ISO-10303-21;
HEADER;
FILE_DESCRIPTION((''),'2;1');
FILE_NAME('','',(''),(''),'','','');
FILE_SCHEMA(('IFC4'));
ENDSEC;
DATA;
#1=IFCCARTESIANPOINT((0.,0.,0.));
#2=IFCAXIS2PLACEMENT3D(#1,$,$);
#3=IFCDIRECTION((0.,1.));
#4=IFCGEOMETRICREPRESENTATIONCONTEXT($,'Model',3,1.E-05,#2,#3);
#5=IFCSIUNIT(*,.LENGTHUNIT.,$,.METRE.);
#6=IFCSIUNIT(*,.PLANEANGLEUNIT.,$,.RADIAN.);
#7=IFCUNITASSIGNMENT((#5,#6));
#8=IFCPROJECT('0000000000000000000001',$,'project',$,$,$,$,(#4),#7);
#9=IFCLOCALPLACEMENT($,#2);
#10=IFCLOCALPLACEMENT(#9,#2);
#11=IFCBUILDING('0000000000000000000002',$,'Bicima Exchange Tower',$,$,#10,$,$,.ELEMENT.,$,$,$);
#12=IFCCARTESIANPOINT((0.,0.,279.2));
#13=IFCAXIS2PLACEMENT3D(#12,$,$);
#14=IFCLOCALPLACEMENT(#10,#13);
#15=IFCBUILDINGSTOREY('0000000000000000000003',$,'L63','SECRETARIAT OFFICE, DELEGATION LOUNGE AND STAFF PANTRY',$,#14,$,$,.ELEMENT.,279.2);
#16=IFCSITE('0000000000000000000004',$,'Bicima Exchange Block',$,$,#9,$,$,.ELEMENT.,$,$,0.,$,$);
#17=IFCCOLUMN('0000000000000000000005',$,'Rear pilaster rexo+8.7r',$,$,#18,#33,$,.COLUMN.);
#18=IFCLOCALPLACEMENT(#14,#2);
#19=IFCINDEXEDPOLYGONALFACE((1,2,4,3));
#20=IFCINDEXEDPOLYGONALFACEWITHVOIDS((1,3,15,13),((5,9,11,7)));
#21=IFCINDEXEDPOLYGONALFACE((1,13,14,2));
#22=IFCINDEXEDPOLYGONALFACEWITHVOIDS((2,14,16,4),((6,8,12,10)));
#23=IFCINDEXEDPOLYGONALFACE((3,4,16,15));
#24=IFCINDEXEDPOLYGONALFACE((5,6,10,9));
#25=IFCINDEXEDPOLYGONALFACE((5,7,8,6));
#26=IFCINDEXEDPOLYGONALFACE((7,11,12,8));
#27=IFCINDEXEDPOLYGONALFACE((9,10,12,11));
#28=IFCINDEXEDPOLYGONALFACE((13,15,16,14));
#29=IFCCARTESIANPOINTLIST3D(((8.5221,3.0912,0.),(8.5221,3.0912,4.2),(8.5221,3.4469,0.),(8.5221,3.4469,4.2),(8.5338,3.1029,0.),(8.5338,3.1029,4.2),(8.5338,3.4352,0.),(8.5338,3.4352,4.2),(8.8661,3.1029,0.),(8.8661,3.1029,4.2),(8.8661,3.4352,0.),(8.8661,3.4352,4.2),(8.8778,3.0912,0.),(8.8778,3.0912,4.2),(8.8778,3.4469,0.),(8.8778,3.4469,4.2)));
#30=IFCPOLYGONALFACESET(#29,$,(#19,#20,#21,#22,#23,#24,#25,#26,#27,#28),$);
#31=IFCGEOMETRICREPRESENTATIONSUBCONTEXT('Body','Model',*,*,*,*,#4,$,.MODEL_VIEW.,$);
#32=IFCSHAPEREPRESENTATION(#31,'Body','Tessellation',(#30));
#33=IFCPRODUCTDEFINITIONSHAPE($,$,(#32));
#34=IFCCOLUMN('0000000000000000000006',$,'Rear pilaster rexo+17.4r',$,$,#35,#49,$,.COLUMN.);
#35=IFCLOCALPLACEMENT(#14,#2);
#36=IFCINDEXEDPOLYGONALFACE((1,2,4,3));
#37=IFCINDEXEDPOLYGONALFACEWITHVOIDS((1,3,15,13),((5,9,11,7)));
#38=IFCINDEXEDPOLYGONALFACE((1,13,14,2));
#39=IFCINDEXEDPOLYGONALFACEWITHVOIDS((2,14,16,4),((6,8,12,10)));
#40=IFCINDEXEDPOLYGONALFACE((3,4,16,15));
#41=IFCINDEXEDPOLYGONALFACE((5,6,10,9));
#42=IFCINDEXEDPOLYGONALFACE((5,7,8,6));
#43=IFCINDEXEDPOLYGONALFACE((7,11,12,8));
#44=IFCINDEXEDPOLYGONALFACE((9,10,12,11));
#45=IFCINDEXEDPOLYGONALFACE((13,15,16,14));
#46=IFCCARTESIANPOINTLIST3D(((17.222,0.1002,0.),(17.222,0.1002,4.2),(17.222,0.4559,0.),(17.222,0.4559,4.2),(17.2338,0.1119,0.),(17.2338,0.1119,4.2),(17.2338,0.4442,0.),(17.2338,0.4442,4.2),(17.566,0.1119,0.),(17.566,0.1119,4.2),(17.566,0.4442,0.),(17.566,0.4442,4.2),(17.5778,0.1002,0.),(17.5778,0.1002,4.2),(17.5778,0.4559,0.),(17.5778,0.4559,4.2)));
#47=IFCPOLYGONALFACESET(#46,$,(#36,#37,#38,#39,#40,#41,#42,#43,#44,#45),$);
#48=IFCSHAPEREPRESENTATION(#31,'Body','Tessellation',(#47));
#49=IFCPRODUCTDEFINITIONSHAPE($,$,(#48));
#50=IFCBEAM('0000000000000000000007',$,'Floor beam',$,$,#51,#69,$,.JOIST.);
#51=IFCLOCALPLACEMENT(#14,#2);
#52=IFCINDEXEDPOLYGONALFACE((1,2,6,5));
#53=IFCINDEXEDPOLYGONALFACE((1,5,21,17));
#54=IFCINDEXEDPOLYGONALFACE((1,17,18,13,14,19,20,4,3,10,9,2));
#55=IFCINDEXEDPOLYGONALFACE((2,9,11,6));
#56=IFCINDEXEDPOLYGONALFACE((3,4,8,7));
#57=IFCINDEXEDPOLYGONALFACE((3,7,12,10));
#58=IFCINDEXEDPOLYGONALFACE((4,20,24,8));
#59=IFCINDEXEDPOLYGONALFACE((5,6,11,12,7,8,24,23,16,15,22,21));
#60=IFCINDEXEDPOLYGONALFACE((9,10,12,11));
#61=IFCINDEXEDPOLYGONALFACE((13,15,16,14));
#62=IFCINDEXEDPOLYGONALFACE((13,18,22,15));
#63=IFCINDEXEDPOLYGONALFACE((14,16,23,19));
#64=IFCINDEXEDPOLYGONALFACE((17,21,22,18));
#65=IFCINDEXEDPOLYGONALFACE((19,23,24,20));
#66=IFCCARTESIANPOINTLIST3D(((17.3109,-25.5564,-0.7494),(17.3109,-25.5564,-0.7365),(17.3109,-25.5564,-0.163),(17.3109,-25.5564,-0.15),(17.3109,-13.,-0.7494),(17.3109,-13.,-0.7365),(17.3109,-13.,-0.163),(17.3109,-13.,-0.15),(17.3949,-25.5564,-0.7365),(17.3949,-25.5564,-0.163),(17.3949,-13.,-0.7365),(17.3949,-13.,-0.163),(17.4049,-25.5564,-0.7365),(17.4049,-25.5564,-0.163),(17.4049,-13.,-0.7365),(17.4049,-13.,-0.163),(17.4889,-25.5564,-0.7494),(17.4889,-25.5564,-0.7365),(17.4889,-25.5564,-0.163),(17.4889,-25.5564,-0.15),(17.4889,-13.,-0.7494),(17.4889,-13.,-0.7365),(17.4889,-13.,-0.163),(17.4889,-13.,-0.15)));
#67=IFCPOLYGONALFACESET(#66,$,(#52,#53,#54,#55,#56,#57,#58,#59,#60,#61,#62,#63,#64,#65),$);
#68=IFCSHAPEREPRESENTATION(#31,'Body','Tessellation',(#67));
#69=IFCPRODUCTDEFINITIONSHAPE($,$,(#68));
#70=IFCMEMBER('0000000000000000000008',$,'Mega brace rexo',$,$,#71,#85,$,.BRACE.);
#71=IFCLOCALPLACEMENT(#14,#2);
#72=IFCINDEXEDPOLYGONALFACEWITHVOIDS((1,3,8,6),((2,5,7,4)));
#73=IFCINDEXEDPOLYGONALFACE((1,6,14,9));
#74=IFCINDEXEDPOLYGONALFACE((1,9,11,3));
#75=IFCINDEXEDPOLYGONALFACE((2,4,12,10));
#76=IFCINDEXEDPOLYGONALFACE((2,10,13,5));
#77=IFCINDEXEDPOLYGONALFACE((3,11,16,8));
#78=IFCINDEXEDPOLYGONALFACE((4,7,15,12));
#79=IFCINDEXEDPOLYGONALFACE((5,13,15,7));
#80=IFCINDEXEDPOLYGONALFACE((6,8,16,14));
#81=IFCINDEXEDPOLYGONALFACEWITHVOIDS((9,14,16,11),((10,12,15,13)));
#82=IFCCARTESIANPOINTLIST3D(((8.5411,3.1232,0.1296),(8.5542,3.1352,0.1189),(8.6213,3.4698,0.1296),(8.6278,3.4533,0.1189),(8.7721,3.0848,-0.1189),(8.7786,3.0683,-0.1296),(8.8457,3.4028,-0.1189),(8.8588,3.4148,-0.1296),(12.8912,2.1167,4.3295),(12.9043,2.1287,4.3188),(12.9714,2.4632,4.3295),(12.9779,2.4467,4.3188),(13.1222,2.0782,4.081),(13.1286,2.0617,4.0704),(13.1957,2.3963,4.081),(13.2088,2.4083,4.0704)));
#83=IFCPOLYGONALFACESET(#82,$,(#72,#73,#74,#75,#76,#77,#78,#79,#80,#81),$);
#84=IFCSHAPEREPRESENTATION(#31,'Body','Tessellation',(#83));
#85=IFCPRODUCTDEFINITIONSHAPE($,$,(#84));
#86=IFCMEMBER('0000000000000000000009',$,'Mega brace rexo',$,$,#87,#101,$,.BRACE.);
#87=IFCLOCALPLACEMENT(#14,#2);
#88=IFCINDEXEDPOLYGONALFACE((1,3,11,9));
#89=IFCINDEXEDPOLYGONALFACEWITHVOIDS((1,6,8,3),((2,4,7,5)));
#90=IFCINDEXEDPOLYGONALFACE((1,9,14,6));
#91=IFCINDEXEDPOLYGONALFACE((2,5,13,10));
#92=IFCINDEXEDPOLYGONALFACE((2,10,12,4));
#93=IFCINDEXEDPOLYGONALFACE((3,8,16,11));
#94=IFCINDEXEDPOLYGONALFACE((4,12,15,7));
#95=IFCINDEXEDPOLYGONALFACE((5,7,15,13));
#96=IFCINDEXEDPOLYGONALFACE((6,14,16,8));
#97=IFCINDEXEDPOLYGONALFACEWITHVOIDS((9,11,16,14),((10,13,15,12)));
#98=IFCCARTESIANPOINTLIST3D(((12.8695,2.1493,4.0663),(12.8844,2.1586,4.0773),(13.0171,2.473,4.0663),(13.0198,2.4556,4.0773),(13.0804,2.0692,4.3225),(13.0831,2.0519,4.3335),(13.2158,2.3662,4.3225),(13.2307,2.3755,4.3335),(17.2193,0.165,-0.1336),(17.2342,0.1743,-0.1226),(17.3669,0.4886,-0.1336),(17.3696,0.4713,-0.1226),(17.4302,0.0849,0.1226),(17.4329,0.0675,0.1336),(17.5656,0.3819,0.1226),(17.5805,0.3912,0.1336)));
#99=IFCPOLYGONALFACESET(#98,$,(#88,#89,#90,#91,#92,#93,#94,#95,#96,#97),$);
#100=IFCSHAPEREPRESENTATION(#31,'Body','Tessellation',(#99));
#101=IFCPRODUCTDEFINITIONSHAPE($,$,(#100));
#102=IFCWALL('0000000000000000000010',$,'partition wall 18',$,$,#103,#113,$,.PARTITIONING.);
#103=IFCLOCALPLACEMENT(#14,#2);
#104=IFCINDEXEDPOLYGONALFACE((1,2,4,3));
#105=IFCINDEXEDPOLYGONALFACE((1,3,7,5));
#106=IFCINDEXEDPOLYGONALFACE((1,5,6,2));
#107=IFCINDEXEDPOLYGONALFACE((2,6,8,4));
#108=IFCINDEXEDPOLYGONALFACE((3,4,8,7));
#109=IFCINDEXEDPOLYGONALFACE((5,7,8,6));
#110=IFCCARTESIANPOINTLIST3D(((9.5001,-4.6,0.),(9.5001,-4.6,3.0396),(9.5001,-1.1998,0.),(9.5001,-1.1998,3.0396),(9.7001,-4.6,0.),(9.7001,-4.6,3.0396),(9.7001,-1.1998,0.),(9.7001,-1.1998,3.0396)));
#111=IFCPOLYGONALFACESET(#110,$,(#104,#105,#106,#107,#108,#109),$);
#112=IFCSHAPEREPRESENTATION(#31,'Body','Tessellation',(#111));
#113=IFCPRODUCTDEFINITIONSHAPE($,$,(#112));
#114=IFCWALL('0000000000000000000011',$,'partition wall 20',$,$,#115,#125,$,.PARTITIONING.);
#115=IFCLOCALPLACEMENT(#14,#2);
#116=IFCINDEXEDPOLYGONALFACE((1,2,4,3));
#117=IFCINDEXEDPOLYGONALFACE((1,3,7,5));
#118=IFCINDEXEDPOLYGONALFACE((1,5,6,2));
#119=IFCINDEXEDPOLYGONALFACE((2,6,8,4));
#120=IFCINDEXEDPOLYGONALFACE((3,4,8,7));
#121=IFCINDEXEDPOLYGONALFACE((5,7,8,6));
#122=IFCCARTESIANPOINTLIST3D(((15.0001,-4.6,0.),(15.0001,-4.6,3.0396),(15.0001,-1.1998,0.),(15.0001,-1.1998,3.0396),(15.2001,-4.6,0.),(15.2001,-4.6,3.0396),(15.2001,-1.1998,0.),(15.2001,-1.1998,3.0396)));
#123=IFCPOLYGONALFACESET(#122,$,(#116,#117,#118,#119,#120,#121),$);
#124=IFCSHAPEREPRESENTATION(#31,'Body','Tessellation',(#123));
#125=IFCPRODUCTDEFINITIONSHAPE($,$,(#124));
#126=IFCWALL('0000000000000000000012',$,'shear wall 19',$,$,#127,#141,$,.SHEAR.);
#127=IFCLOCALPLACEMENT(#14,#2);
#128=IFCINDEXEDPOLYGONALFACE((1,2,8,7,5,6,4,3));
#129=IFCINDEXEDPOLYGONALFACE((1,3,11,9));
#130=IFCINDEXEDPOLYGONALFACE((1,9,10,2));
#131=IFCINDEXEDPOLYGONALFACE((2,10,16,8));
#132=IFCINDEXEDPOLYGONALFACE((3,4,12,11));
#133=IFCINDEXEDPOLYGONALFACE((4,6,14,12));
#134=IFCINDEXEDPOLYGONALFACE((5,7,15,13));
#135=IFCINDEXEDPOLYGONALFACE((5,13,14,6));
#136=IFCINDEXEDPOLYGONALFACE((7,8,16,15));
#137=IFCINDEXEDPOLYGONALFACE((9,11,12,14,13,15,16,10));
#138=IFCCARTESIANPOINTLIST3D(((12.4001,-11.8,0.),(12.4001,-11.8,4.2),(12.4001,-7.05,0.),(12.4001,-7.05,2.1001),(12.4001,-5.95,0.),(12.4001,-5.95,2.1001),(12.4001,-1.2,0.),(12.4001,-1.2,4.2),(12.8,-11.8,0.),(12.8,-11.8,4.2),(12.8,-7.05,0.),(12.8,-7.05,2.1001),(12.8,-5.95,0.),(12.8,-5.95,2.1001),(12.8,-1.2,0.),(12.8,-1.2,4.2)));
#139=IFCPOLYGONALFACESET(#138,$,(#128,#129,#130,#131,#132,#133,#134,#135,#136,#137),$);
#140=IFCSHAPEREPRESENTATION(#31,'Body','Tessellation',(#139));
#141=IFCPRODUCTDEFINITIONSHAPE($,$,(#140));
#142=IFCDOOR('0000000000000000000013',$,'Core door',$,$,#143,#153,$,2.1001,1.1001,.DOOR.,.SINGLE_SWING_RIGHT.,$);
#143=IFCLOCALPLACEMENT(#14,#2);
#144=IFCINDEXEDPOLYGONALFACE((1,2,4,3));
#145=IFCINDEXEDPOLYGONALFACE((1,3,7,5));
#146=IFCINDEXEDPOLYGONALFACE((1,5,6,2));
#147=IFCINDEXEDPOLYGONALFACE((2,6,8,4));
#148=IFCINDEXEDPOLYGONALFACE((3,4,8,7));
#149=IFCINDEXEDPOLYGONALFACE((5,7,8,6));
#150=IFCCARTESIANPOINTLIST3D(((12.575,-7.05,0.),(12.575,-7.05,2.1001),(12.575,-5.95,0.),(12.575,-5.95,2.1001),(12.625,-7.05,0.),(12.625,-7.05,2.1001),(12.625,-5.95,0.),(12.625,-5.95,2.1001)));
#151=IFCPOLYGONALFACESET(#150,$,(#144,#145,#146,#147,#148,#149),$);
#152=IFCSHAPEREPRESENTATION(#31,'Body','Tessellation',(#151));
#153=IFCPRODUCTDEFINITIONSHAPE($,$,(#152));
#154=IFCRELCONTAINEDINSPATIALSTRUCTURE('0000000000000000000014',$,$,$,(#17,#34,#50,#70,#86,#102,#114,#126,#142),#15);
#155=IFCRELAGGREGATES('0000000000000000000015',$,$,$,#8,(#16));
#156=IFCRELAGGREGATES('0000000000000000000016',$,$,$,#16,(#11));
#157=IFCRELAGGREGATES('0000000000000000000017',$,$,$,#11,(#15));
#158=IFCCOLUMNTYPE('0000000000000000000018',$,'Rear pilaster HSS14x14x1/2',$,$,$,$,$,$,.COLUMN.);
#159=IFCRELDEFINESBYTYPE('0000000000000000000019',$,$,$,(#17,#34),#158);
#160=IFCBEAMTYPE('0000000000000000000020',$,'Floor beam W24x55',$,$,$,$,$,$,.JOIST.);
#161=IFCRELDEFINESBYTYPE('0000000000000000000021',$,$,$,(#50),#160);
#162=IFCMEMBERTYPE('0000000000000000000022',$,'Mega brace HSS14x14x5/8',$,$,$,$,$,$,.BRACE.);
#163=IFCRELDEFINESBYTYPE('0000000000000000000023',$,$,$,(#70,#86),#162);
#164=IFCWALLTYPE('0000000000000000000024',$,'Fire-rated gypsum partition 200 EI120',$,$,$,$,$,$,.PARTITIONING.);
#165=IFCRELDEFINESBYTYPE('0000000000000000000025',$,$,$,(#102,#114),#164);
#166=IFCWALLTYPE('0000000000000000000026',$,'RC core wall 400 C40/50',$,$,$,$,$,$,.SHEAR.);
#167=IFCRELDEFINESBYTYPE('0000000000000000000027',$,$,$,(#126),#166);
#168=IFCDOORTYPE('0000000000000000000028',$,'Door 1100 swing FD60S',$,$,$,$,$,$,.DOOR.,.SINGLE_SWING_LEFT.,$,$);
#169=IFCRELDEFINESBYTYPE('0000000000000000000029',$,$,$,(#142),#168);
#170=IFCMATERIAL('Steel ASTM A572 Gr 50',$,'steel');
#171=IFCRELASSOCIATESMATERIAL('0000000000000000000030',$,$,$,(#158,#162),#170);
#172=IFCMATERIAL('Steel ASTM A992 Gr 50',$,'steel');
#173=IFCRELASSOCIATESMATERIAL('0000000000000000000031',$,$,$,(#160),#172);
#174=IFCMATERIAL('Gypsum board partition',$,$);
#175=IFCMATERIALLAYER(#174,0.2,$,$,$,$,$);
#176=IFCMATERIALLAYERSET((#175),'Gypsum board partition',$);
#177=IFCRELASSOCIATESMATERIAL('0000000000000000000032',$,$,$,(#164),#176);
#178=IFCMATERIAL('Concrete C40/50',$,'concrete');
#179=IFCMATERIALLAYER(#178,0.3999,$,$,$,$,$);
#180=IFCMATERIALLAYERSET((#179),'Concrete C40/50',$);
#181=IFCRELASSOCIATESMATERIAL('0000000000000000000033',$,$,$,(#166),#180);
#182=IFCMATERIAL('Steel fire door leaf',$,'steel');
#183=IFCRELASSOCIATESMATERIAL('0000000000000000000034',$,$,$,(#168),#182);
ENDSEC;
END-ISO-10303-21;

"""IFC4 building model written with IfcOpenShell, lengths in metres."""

from ifc_helpers import new_model, si_unit, direction, frame, frame_2d, origin, origin_2d, place, context, subcontext, project, spatial, rectangle, hollow_rectangle, i_section, extrude, material, layer, layer_set, material_profile, profile_set, type_object, element, fill, save


model = new_model("IFC4")

# Units and contexts
model_context = context("Model", 3, precision=1e-05, world=origin(), true_north=direction((0.0, 1.0)))
body_context = subcontext(model_context, "Body", "Model", "MODEL_VIEW")
ifc_project = project(units=[si_unit("LENGTHUNIT", "METRE"), si_unit("PLANEANGLEUNIT", "RADIAN")], contexts=[model_context])

# Site, building, storey
site_placement = place(None, origin())
site = spatial("IfcSite", under=ifc_project, at=site_placement, Name="Bicima Exchange Block", CompositionType="ELEMENT", RefElevation=0.0)
building_placement = place(site_placement, origin())
building = spatial("IfcBuilding", under=site, at=building_placement, Name="Bicima Exchange Tower", CompositionType="ELEMENT")
storey_placement = place(building_placement, frame((0.0, 0.0, 279.2)))
storey = spatial("IfcBuildingStorey", under=building, at=storey_placement, Name="L63", Description="SECRETARIAT OFFICE, DELEGATION LOUNGE AND STAFF PANTRY", CompositionType="ELEMENT", Elevation=279.2)

# Columns
ifc_material_1 = material(Name="Steel ASTM A572 Gr 50", Category="steel")
ifc_material_profile_1 = material_profile(ifc_material_1, hollow_rectangle(XDim=0.3557, YDim=0.3557, WallThickness=0.0117, at=origin_2d()))
ifc_profile_set_1 = profile_set([ifc_material_profile_1], Name="Steel ASTM A572 Gr 50")
column_type = type_object("IfcColumnType", Name="Rear pilaster HSS14x14x1/2", PredefinedType="COLUMN", material=ifc_profile_set_1)
for number, where, z_axis, x_axis, name in (
    (1, (8.7, 3.269, 0.0), (0.0, 0.0, 1.0), (1.0, 0.0, 0.0), "Rear pilaster rexo+8.7r"),
    (2, (17.3999, 0.2781, 0.0), (0.0, 0.0, 1.0), (1.0, 0.0, 0.0), "Rear pilaster rexo+17.4r"),
):
    element("IfcColumn", number, at=place(storey_placement, frame(where, z_axis=z_axis, x_axis=x_axis)), inside=storey, type_object=column_type, Name=name, PredefinedType="COLUMN", context=body_context, shape_type="SweptSolid", body=[
        extrude(hollow_rectangle(XDim=0.3557, YDim=0.3557, WallThickness=0.0117, at=origin_2d()), origin(), (0.0, 0.0, 1.0), 4.2),
    ])

# Beam
ifc_material_2 = material(Name="Steel ASTM A992 Gr 50", Category="steel")
ifc_material_profile_2 = material_profile(ifc_material_2, i_section(OverallWidth=0.178, OverallDepth=0.5994, WebThickness=0.01, FlangeThickness=0.0129, at=origin_2d()))
ifc_profile_set_2 = profile_set([ifc_material_profile_2], Name="Steel ASTM A992 Gr 50")
beam_type = type_object("IfcBeamType", Name="Floor beam W24x55", PredefinedType="JOIST", material=ifc_profile_set_2)
beam_placement = place(storey_placement, frame((17.3999, -13.0, -0.4497), z_axis=(0.0, -1.0, 0.0), x_axis=(1.0, 0.0, 0.0)))
element("IfcBeam", 3, at=beam_placement, inside=storey, type_object=beam_type, Name="Floor beam", PredefinedType="JOIST", context=body_context, shape_type="SweptSolid", body=[
    extrude(i_section(OverallWidth=0.178, OverallDepth=0.5994, WebThickness=0.01, FlangeThickness=0.0129, at=origin_2d()), origin(), (0.0, 0.0, 1.0), 12.5564),
])

# Members
ifc_material_profile_3 = material_profile(ifc_material_1, hollow_rectangle(XDim=0.3557, YDim=0.3557, WallThickness=0.0146, at=origin_2d()))
ifc_profile_set_3 = profile_set([ifc_material_profile_3], Name="Steel ASTM A572 Gr 50")
member_type = type_object("IfcMemberType", Name="Mega brace HSS14x14x5/8", PredefinedType="BRACE", material=ifc_profile_set_3)
member_1_placement = place(storey_placement, frame((8.7, 3.269, 0.0), z_axis=(0.709648, -0.164209, 0.685154), x_axis=(0.225439, 0.974257, 0.0)))
element("IfcMember", 4, at=member_1_placement, inside=storey, type_object=member_type, Name="Mega brace rexo", PredefinedType="BRACE", context=body_context, shape_type="SweptSolid", body=[
    extrude(hollow_rectangle(XDim=0.3557, YDim=0.3557, WallThickness=0.0146, at=origin_2d()), origin(), (0.0, 0.0, 1.0), 6.1299),
])
member_2_placement = place(storey_placement, frame((17.3999, 0.2781, 0.0), z_axis=(-0.683526, 0.31182, 0.65997), x_axis=(-0.415045, -0.909801, 0.0)))
element("IfcMember", 5, at=member_2_placement, inside=storey, type_object=member_type, Name="Mega brace rexo", PredefinedType="BRACE", context=body_context, shape_type="SweptSolid", body=[
    extrude(hollow_rectangle(XDim=0.3557, YDim=0.3557, WallThickness=0.0146, at=origin_2d()), origin(), (0.0, 0.0, 1.0), 6.3638),
])

# Walls
ifc_material_3 = material(Name="Gypsum board partition")
ifc_layer_1 = layer(ifc_material_3, 0.2)
ifc_layer_set_1 = layer_set([ifc_layer_1], Name="Gypsum board partition")
wall_type_1 = type_object("IfcWallType", Name="Fire-rated gypsum partition 200 EI120", PredefinedType="PARTITIONING", material=ifc_layer_set_1)
for number, where, z_axis, x_axis, name in (
    (6, (9.6001, -4.6001, 0.0), (0.0, 0.0, 1.0), (0.0, 1.0, 0.0), "partition wall 18"),
    (7, (15.1001, -4.6001, 0.0), (0.0, 0.0, 1.0), (0.0, 1.0, 0.0), "partition wall 20"),
):
    element("IfcWall", number, at=place(storey_placement, frame(where, z_axis=z_axis, x_axis=x_axis)), inside=storey, type_object=wall_type_1, Name=name, PredefinedType="PARTITIONING", context=body_context, shape_type="SweptSolid", body=[
        extrude(rectangle(XDim=3.4001, YDim=0.2, at=frame_2d((1.7002, 0.0))), origin(), (0.0, 0.0, 1.0), 3.0396),
    ])

# Wall, opening, door
ifc_material_4 = material(Name="Concrete C40/50", Category="concrete")
ifc_layer_2 = layer(ifc_material_4, 0.3999)
ifc_layer_set_2 = layer_set([ifc_layer_2], Name="Concrete C40/50")
wall_type_2 = type_object("IfcWallType", Name="RC core wall 400 C40/50", PredefinedType="SHEAR", material=ifc_layer_set_2)
wall_1_placement = place(storey_placement, frame((12.6001, -11.8, 0.0), z_axis=(0.0, 0.0, 1.0), x_axis=(0.0, 1.0, 0.0)))
wall_1 = element("IfcWall", 8, at=wall_1_placement, inside=storey, type_object=wall_type_2, Name="shear wall 19", PredefinedType="SHEAR", context=body_context, shape_type="SweptSolid", body=[
    extrude(rectangle(XDim=10.6001, YDim=0.3999, at=frame_2d((5.3, 0.0))), origin(), (0.0, 0.0, 1.0), 4.2),
])
opening_1_placement = place(wall_1_placement, frame((4.75, 0.0, 0.0)))
opening_1 = element("IfcOpeningElement", 9, at=opening_1_placement, cuts=wall_1, PredefinedType="OPENING", context=body_context, shape_type="SweptSolid", body=[
    extrude(rectangle(XDim=1.1001, YDim=2.1001, at=frame_2d((0.55, 1.05))), frame((0.0, 0.2119, 0.0), z_axis=(0.0, -1.0, 0.0), x_axis=(1.0, 0.0, 0.0)), (0.0, 0.0, 1.0), 0.4238),
])
ifc_material_5 = material(Name="Steel fire door leaf", Category="steel")
door_type_1 = type_object("IfcDoorType", Name="Door 1100 swing FD60S", OperationType="SINGLE_SWING_LEFT", PredefinedType="DOOR", material=ifc_material_5)
door_1_placement = place(opening_1_placement, frame((1.1001, 0.0, 0.0), z_axis=(0.0, 0.0, 1.0), x_axis=(-1.0, 0.0, 0.0)))
door_1 = element("IfcDoor", 10, at=door_1_placement, inside=storey, type_object=door_type_1, Name="Core door", OperationType="SINGLE_SWING_RIGHT", OverallHeight=2.1001, OverallWidth=1.1001, PredefinedType="DOOR", context=body_context, shape_type="SweptSolid", body=[
    extrude(rectangle(XDim=1.1001, YDim=2.1001, at=frame_2d((0.55, 1.05))), frame((0.0, 0.0249, 0.0), z_axis=(0.0, -1.0, 0.0), x_axis=(1.0, 0.0, 0.0)), (0.0, 0.0, 1.0), 0.05),
])
fill(opening_1, door_1)

save(model, "model.ifc")
